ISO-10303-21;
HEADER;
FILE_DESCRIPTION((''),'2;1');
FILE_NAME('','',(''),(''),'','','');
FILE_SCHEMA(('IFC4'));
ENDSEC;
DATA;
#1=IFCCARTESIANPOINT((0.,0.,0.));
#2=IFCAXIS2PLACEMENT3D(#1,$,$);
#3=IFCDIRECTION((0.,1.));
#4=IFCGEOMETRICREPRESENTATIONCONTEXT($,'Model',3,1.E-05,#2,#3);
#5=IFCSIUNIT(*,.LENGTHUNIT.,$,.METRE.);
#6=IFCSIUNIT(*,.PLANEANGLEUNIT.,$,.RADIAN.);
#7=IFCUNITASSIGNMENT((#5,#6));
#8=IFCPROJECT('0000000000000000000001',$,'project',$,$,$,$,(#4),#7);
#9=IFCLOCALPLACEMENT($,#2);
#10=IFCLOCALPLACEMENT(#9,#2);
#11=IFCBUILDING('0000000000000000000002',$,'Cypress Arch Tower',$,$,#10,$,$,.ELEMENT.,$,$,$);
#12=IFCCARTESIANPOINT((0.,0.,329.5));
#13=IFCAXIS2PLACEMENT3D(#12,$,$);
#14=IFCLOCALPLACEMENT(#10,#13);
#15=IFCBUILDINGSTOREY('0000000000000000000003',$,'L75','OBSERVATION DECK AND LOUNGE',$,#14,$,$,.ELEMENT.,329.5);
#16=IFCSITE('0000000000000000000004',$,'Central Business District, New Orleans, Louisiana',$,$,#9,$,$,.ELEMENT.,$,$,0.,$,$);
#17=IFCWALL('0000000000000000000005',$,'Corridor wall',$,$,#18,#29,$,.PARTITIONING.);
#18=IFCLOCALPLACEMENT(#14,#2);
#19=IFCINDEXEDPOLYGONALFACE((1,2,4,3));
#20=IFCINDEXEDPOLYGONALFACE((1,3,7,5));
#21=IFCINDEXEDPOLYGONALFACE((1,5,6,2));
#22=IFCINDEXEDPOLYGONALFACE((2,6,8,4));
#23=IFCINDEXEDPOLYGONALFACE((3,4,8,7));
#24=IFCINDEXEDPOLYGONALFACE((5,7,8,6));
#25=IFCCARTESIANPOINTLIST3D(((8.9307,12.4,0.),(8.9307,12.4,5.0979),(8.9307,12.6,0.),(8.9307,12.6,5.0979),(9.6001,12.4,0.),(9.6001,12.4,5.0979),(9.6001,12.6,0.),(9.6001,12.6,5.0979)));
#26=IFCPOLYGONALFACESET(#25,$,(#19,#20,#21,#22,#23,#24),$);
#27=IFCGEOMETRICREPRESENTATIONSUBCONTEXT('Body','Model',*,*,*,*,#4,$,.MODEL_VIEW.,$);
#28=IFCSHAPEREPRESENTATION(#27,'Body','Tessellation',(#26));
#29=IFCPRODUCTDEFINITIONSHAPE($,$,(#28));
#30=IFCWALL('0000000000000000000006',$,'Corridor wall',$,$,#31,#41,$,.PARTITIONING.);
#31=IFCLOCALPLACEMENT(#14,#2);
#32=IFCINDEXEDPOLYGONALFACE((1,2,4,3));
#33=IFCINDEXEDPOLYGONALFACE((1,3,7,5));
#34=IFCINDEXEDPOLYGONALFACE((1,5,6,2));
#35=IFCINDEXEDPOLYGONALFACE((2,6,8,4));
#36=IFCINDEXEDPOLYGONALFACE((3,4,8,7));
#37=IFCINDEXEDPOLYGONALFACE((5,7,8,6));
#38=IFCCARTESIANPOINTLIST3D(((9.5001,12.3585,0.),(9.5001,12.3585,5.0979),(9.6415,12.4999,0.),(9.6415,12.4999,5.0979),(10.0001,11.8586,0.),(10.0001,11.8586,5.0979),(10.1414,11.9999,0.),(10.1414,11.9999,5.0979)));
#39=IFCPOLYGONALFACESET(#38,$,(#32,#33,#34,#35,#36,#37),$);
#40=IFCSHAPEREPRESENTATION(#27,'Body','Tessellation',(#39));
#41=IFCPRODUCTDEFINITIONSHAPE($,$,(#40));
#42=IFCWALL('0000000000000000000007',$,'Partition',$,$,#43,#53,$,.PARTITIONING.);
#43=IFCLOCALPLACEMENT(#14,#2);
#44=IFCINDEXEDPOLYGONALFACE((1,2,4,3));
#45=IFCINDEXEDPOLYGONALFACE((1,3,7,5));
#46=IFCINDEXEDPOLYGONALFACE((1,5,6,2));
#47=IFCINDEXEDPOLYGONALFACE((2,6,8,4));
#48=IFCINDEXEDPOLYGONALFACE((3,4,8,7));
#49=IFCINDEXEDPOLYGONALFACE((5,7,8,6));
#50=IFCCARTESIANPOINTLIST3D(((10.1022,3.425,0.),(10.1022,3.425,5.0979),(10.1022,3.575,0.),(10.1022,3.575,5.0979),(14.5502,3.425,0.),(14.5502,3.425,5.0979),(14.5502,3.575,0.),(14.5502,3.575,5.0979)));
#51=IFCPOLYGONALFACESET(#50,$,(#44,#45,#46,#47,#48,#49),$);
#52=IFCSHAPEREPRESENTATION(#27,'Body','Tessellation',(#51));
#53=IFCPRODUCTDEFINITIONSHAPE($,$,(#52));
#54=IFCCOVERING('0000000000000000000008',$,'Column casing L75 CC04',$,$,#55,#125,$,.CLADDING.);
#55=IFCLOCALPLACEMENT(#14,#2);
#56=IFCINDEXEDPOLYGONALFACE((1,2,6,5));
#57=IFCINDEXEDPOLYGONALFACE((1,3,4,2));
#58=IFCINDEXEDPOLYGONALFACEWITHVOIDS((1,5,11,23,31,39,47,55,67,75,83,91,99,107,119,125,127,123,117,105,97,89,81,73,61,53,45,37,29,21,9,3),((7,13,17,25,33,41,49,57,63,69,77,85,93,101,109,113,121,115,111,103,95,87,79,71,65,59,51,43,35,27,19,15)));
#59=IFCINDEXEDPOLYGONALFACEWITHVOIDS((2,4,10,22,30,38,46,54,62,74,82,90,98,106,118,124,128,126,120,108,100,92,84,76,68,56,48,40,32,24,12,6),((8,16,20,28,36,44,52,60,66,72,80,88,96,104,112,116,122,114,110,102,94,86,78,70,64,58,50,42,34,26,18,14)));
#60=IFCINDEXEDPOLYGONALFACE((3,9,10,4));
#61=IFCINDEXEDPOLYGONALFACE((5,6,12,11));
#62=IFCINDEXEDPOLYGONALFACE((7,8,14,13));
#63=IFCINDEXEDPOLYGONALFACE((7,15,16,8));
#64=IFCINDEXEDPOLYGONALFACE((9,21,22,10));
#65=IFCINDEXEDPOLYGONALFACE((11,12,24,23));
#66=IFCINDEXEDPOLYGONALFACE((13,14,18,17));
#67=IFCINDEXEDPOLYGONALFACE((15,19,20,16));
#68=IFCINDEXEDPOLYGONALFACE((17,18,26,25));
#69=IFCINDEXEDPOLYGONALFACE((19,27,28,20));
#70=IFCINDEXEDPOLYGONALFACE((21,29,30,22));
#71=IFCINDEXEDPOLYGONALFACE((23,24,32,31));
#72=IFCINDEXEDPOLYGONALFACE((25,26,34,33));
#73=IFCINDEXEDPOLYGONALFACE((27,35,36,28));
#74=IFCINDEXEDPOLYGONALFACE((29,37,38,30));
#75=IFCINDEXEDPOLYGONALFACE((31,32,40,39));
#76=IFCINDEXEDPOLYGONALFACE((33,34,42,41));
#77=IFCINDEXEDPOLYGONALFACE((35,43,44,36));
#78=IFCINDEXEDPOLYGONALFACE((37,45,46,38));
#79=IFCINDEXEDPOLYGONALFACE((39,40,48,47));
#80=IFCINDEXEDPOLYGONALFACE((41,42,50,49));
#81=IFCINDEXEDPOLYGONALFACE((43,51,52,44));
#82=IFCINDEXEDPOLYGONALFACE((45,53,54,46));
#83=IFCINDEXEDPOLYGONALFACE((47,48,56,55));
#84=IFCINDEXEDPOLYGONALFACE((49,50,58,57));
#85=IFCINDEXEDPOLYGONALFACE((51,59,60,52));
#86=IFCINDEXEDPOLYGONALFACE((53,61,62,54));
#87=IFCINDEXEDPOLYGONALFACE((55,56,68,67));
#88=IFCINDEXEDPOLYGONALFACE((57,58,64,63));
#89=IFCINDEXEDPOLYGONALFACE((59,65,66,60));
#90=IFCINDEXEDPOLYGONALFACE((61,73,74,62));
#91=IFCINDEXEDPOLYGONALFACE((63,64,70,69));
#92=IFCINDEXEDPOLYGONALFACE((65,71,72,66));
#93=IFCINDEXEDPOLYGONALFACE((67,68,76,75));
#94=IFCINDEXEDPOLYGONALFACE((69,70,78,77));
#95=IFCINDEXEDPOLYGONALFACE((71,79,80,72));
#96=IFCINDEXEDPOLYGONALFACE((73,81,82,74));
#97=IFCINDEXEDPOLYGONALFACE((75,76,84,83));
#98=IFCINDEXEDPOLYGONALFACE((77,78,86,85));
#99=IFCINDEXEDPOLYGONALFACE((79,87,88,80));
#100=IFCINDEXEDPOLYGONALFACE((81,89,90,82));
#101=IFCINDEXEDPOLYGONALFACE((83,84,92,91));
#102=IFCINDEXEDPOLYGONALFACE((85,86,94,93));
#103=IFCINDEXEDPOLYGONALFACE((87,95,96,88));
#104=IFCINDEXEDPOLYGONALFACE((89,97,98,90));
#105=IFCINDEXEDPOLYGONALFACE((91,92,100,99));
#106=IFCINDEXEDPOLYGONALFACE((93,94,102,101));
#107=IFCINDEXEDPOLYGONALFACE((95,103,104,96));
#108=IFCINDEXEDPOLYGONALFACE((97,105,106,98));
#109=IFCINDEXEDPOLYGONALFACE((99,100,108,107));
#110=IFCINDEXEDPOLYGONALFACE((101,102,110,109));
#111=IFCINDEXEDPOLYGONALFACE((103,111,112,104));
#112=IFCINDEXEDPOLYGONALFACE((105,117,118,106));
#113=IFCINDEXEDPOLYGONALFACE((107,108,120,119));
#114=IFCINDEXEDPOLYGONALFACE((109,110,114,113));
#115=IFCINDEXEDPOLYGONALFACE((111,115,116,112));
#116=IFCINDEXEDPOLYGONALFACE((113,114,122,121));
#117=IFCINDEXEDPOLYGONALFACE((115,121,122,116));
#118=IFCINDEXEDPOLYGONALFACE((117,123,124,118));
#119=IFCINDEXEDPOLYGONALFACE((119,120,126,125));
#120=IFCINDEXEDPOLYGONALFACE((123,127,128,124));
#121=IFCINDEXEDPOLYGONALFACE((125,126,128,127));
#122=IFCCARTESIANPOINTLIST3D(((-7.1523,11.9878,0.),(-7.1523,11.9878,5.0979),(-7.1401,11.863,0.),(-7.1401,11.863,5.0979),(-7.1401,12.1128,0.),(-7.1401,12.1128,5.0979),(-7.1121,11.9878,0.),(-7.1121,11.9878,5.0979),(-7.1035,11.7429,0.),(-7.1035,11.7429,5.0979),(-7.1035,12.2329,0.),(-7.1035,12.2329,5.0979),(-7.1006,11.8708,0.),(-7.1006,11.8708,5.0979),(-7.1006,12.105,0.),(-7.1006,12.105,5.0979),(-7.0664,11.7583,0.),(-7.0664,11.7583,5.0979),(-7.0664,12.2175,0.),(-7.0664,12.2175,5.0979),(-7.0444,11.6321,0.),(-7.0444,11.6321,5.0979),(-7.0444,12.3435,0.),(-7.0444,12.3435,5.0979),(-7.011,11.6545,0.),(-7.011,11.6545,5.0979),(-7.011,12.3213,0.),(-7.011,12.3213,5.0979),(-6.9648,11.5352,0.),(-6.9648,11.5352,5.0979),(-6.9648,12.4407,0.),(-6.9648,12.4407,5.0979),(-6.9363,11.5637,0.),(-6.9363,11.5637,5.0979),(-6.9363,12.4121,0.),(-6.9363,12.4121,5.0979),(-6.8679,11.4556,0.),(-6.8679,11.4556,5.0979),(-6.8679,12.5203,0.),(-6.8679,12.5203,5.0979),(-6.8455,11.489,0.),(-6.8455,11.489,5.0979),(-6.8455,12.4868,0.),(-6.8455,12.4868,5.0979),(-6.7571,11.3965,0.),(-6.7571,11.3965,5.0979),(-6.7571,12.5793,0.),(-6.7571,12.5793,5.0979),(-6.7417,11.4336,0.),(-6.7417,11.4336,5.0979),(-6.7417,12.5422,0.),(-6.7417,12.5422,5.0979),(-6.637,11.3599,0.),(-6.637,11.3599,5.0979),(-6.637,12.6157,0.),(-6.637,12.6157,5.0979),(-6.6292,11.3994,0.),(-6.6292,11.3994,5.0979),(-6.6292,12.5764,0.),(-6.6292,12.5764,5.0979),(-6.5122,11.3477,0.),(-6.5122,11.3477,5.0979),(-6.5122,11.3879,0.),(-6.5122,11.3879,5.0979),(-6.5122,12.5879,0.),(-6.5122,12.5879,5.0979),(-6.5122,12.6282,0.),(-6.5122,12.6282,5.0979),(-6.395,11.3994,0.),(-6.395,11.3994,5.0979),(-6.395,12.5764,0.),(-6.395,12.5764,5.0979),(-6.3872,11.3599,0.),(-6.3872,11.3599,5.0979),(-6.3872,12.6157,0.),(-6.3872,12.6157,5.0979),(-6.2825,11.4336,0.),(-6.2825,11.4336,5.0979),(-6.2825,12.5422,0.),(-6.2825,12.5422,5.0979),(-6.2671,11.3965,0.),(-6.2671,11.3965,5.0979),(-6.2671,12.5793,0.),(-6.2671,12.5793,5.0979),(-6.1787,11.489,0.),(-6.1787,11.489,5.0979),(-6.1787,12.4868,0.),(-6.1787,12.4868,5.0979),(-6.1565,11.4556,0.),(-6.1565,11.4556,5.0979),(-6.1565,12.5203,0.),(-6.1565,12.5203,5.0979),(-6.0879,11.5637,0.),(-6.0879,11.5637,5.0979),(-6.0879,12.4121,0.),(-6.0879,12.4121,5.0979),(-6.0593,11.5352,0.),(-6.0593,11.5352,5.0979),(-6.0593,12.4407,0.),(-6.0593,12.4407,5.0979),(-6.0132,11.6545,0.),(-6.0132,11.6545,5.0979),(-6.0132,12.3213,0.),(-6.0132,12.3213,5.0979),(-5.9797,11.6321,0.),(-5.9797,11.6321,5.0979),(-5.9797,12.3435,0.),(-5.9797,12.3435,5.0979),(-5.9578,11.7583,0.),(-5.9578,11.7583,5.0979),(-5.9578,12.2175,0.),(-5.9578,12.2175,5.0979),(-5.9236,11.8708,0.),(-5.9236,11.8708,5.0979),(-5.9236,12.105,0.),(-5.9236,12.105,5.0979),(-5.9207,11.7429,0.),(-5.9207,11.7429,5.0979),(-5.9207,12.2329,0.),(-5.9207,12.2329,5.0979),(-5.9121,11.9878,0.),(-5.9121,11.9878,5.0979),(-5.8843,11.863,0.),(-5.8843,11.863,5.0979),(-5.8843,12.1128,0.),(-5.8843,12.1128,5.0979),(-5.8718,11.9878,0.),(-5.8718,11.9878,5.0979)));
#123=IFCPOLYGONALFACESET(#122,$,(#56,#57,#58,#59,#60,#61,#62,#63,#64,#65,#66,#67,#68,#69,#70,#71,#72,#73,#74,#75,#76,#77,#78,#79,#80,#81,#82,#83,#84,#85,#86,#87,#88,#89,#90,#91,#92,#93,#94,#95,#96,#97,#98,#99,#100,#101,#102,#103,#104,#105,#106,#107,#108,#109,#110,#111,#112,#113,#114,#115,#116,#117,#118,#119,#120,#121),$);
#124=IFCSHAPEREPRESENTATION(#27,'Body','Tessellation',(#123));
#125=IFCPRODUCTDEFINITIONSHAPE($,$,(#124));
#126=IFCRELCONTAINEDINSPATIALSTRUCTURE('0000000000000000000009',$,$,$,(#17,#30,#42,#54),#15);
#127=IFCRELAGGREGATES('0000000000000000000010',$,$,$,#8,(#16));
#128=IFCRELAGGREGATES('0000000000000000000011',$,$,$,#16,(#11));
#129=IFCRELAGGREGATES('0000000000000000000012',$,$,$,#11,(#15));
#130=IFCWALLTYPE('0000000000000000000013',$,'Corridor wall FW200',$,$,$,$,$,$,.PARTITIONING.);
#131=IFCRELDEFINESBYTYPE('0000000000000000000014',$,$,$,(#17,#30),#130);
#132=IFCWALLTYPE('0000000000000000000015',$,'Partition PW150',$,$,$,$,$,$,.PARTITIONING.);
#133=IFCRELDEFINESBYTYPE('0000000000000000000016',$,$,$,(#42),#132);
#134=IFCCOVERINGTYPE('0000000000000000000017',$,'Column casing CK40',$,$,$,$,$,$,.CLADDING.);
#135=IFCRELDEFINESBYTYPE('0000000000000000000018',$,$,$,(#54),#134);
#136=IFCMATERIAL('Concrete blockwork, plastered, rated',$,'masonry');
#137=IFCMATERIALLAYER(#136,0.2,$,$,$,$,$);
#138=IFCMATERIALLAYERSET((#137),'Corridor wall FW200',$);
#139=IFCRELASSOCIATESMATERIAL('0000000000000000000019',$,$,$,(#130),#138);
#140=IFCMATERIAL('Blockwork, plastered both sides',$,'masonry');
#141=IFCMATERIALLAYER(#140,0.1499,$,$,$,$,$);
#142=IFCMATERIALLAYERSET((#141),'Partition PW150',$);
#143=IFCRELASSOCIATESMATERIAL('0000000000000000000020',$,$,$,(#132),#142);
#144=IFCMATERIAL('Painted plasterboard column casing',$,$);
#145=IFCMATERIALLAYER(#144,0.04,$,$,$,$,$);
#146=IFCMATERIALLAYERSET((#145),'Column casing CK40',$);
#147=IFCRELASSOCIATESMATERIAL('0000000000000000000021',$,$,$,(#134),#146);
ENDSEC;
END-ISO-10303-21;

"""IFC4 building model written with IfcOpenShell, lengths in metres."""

from ifc_helpers import new_model, si_unit, direction, frame, frame_2d, origin, place, context, subcontext, project, spatial, polyline, rectangle, outline, extrude, material, layer, layer_set, type_object, element, save


model = new_model("IFC4")

# Units and contexts
model_context = context("Model", 3, precision=1e-05, world=origin(), true_north=direction((0.0, 1.0)))
body_context = subcontext(model_context, "Body", "Model", "MODEL_VIEW")
ifc_project = project(units=[si_unit("LENGTHUNIT", "METRE"), si_unit("PLANEANGLEUNIT", "RADIAN")], contexts=[model_context])

# Site, building, storey
site_placement = place(None, origin())
site = spatial("IfcSite", under=ifc_project, at=site_placement, Name="Central Business District, New Orleans, Louisiana", CompositionType="ELEMENT", RefElevation=0.0)
building_placement = place(site_placement, origin())
building = spatial("IfcBuilding", under=site, at=building_placement, Name="Cypress Arch Tower", CompositionType="ELEMENT")
storey_placement = place(building_placement, frame((0.0, 0.0, 329.5)))
storey = spatial("IfcBuildingStorey", under=building, at=storey_placement, Name="L75", Description="OBSERVATION DECK AND LOUNGE", CompositionType="ELEMENT", Elevation=329.5)

# Walls
ifc_material_1 = material(Name="Concrete blockwork, plastered, rated", Category="masonry")
ifc_layer_1 = layer(ifc_material_1, 0.2)
ifc_layer_set_1 = layer_set([ifc_layer_1], Name="Corridor wall FW200")
wall_type_1 = type_object("IfcWallType", Name="Corridor wall FW200", PredefinedType="PARTITIONING", material=ifc_layer_set_1)
wall_1_placement = place(storey_placement, frame((8.9307, 12.5, 0.0), z_axis=(0.0, 0.0, 1.0), x_axis=(1.0, 0.0, 0.0)))
element("IfcWall", 1, at=wall_1_placement, inside=storey, type_object=wall_type_1, Name="Corridor wall", PredefinedType="PARTITIONING", context=body_context, shape_type="SweptSolid", body=[
    extrude(rectangle(XDim=0.6694, YDim=0.2, at=frame_2d((0.3347, 0.0))), origin(), (0.0, 0.0, 1.0), 5.0979),
])
wall_2_placement = place(storey_placement, frame((9.5708, 12.4292, 0.0), z_axis=(0.0, 0.0, 1.0), x_axis=(0.707107, -0.707107, 0.0)))
element("IfcWall", 2, at=wall_2_placement, inside=storey, type_object=wall_type_1, Name="Corridor wall", PredefinedType="PARTITIONING", context=body_context, shape_type="SweptSolid", body=[
    extrude(rectangle(XDim=0.707, YDim=0.2, at=frame_2d((0.3535, 0.0))), origin(), (0.0, 0.0, 1.0), 5.0979),
])
ifc_material_2 = material(Name="Blockwork, plastered both sides", Category="masonry")
ifc_layer_2 = layer(ifc_material_2, 0.1499)
ifc_layer_set_2 = layer_set([ifc_layer_2], Name="Partition PW150")
wall_type_2 = type_object("IfcWallType", Name="Partition PW150", PredefinedType="PARTITIONING", material=ifc_layer_set_2)
wall_3_placement = place(storey_placement, frame((10.1021, 3.5, 0.0), z_axis=(0.0, 0.0, 1.0), x_axis=(1.0, 0.0, 0.0)))
element("IfcWall", 3, at=wall_3_placement, inside=storey, type_object=wall_type_2, Name="Partition", PredefinedType="PARTITIONING", context=body_context, shape_type="SweptSolid", body=[
    extrude(rectangle(XDim=4.448, YDim=0.1499, at=frame_2d((2.2241, 0.0))), origin(), (0.0, 0.0, 1.0), 5.0979),
])

# Covering
ifc_material_3 = material(Name="Painted plasterboard column casing")
ifc_layer_3 = layer(ifc_material_3, 0.04)
ifc_layer_set_3 = layer_set([ifc_layer_3], Name="Column casing CK40")
covering_type = type_object("IfcCoveringType", Name="Column casing CK40", PredefinedType="CLADDING", material=ifc_layer_set_3)
covering_placement = place(storey_placement, origin())
element("IfcCovering", 4, at=covering_placement, inside=storey, type_object=covering_type, Name="Column casing L75 CC04", PredefinedType="CLADDING", context=body_context, shape_type="SweptSolid", body=[
    extrude(outline(polyline([(-5.8718, 11.9878), (-5.8843, 11.863), (-5.9207, 11.7429), (-5.9797, 11.6321), (-6.0593, 11.5352), (-6.1565, 11.4556), (-6.2671, 11.3965), (-6.3872, 11.3599), (-6.5122, 11.3477), (-6.637, 11.3599), (-6.7571, 11.3965), (-6.8679, 11.4556), (-6.9648, 11.5352), (-7.0444, 11.6321), (-7.1035, 11.7429), (-7.1401, 11.863), (-7.1523, 11.9878), (-7.1401, 12.1128), (-7.1035, 12.2329), (-7.0444, 12.3435), (-6.9648, 12.4407), (-6.8679, 12.5203), (-6.7571, 12.5793), (-6.637, 12.6157), (-6.5122, 12.6282), (-6.3872, 12.6157), (-6.2671, 12.5793), (-6.1565, 12.5203), (-6.0593, 12.4407), (-5.9797, 12.3435), (-5.9207, 12.2329), (-5.8843, 12.1128), (-5.8718, 11.9878)]), holes=[polyline([(-5.9121, 11.9878), (-5.9236, 11.8708), (-5.9578, 11.7583), (-6.0132, 11.6545), (-6.0879, 11.5637), (-6.1787, 11.489), (-6.2825, 11.4336), (-6.395, 11.3994), (-6.5122, 11.3879), (-6.6292, 11.3994), (-6.7417, 11.4336), (-6.8455, 11.489), (-6.9363, 11.5637), (-7.011, 11.6545), (-7.0664, 11.7583), (-7.1006, 11.8708), (-7.1121, 11.9878), (-7.1006, 12.105), (-7.0664, 12.2175), (-7.011, 12.3213), (-6.9363, 12.4121), (-6.8455, 12.4868), (-6.7417, 12.5422), (-6.6292, 12.5764), (-6.5122, 12.5879), (-6.395, 12.5764), (-6.2825, 12.5422), (-6.1787, 12.4868), (-6.0879, 12.4121), (-6.0132, 12.3213), (-5.9578, 12.2175), (-5.9236, 12.105), (-5.9121, 11.9878)])]), origin(), (0.0, 0.0, 1.0), 5.0979),
])

save(model, "model.ifc")
